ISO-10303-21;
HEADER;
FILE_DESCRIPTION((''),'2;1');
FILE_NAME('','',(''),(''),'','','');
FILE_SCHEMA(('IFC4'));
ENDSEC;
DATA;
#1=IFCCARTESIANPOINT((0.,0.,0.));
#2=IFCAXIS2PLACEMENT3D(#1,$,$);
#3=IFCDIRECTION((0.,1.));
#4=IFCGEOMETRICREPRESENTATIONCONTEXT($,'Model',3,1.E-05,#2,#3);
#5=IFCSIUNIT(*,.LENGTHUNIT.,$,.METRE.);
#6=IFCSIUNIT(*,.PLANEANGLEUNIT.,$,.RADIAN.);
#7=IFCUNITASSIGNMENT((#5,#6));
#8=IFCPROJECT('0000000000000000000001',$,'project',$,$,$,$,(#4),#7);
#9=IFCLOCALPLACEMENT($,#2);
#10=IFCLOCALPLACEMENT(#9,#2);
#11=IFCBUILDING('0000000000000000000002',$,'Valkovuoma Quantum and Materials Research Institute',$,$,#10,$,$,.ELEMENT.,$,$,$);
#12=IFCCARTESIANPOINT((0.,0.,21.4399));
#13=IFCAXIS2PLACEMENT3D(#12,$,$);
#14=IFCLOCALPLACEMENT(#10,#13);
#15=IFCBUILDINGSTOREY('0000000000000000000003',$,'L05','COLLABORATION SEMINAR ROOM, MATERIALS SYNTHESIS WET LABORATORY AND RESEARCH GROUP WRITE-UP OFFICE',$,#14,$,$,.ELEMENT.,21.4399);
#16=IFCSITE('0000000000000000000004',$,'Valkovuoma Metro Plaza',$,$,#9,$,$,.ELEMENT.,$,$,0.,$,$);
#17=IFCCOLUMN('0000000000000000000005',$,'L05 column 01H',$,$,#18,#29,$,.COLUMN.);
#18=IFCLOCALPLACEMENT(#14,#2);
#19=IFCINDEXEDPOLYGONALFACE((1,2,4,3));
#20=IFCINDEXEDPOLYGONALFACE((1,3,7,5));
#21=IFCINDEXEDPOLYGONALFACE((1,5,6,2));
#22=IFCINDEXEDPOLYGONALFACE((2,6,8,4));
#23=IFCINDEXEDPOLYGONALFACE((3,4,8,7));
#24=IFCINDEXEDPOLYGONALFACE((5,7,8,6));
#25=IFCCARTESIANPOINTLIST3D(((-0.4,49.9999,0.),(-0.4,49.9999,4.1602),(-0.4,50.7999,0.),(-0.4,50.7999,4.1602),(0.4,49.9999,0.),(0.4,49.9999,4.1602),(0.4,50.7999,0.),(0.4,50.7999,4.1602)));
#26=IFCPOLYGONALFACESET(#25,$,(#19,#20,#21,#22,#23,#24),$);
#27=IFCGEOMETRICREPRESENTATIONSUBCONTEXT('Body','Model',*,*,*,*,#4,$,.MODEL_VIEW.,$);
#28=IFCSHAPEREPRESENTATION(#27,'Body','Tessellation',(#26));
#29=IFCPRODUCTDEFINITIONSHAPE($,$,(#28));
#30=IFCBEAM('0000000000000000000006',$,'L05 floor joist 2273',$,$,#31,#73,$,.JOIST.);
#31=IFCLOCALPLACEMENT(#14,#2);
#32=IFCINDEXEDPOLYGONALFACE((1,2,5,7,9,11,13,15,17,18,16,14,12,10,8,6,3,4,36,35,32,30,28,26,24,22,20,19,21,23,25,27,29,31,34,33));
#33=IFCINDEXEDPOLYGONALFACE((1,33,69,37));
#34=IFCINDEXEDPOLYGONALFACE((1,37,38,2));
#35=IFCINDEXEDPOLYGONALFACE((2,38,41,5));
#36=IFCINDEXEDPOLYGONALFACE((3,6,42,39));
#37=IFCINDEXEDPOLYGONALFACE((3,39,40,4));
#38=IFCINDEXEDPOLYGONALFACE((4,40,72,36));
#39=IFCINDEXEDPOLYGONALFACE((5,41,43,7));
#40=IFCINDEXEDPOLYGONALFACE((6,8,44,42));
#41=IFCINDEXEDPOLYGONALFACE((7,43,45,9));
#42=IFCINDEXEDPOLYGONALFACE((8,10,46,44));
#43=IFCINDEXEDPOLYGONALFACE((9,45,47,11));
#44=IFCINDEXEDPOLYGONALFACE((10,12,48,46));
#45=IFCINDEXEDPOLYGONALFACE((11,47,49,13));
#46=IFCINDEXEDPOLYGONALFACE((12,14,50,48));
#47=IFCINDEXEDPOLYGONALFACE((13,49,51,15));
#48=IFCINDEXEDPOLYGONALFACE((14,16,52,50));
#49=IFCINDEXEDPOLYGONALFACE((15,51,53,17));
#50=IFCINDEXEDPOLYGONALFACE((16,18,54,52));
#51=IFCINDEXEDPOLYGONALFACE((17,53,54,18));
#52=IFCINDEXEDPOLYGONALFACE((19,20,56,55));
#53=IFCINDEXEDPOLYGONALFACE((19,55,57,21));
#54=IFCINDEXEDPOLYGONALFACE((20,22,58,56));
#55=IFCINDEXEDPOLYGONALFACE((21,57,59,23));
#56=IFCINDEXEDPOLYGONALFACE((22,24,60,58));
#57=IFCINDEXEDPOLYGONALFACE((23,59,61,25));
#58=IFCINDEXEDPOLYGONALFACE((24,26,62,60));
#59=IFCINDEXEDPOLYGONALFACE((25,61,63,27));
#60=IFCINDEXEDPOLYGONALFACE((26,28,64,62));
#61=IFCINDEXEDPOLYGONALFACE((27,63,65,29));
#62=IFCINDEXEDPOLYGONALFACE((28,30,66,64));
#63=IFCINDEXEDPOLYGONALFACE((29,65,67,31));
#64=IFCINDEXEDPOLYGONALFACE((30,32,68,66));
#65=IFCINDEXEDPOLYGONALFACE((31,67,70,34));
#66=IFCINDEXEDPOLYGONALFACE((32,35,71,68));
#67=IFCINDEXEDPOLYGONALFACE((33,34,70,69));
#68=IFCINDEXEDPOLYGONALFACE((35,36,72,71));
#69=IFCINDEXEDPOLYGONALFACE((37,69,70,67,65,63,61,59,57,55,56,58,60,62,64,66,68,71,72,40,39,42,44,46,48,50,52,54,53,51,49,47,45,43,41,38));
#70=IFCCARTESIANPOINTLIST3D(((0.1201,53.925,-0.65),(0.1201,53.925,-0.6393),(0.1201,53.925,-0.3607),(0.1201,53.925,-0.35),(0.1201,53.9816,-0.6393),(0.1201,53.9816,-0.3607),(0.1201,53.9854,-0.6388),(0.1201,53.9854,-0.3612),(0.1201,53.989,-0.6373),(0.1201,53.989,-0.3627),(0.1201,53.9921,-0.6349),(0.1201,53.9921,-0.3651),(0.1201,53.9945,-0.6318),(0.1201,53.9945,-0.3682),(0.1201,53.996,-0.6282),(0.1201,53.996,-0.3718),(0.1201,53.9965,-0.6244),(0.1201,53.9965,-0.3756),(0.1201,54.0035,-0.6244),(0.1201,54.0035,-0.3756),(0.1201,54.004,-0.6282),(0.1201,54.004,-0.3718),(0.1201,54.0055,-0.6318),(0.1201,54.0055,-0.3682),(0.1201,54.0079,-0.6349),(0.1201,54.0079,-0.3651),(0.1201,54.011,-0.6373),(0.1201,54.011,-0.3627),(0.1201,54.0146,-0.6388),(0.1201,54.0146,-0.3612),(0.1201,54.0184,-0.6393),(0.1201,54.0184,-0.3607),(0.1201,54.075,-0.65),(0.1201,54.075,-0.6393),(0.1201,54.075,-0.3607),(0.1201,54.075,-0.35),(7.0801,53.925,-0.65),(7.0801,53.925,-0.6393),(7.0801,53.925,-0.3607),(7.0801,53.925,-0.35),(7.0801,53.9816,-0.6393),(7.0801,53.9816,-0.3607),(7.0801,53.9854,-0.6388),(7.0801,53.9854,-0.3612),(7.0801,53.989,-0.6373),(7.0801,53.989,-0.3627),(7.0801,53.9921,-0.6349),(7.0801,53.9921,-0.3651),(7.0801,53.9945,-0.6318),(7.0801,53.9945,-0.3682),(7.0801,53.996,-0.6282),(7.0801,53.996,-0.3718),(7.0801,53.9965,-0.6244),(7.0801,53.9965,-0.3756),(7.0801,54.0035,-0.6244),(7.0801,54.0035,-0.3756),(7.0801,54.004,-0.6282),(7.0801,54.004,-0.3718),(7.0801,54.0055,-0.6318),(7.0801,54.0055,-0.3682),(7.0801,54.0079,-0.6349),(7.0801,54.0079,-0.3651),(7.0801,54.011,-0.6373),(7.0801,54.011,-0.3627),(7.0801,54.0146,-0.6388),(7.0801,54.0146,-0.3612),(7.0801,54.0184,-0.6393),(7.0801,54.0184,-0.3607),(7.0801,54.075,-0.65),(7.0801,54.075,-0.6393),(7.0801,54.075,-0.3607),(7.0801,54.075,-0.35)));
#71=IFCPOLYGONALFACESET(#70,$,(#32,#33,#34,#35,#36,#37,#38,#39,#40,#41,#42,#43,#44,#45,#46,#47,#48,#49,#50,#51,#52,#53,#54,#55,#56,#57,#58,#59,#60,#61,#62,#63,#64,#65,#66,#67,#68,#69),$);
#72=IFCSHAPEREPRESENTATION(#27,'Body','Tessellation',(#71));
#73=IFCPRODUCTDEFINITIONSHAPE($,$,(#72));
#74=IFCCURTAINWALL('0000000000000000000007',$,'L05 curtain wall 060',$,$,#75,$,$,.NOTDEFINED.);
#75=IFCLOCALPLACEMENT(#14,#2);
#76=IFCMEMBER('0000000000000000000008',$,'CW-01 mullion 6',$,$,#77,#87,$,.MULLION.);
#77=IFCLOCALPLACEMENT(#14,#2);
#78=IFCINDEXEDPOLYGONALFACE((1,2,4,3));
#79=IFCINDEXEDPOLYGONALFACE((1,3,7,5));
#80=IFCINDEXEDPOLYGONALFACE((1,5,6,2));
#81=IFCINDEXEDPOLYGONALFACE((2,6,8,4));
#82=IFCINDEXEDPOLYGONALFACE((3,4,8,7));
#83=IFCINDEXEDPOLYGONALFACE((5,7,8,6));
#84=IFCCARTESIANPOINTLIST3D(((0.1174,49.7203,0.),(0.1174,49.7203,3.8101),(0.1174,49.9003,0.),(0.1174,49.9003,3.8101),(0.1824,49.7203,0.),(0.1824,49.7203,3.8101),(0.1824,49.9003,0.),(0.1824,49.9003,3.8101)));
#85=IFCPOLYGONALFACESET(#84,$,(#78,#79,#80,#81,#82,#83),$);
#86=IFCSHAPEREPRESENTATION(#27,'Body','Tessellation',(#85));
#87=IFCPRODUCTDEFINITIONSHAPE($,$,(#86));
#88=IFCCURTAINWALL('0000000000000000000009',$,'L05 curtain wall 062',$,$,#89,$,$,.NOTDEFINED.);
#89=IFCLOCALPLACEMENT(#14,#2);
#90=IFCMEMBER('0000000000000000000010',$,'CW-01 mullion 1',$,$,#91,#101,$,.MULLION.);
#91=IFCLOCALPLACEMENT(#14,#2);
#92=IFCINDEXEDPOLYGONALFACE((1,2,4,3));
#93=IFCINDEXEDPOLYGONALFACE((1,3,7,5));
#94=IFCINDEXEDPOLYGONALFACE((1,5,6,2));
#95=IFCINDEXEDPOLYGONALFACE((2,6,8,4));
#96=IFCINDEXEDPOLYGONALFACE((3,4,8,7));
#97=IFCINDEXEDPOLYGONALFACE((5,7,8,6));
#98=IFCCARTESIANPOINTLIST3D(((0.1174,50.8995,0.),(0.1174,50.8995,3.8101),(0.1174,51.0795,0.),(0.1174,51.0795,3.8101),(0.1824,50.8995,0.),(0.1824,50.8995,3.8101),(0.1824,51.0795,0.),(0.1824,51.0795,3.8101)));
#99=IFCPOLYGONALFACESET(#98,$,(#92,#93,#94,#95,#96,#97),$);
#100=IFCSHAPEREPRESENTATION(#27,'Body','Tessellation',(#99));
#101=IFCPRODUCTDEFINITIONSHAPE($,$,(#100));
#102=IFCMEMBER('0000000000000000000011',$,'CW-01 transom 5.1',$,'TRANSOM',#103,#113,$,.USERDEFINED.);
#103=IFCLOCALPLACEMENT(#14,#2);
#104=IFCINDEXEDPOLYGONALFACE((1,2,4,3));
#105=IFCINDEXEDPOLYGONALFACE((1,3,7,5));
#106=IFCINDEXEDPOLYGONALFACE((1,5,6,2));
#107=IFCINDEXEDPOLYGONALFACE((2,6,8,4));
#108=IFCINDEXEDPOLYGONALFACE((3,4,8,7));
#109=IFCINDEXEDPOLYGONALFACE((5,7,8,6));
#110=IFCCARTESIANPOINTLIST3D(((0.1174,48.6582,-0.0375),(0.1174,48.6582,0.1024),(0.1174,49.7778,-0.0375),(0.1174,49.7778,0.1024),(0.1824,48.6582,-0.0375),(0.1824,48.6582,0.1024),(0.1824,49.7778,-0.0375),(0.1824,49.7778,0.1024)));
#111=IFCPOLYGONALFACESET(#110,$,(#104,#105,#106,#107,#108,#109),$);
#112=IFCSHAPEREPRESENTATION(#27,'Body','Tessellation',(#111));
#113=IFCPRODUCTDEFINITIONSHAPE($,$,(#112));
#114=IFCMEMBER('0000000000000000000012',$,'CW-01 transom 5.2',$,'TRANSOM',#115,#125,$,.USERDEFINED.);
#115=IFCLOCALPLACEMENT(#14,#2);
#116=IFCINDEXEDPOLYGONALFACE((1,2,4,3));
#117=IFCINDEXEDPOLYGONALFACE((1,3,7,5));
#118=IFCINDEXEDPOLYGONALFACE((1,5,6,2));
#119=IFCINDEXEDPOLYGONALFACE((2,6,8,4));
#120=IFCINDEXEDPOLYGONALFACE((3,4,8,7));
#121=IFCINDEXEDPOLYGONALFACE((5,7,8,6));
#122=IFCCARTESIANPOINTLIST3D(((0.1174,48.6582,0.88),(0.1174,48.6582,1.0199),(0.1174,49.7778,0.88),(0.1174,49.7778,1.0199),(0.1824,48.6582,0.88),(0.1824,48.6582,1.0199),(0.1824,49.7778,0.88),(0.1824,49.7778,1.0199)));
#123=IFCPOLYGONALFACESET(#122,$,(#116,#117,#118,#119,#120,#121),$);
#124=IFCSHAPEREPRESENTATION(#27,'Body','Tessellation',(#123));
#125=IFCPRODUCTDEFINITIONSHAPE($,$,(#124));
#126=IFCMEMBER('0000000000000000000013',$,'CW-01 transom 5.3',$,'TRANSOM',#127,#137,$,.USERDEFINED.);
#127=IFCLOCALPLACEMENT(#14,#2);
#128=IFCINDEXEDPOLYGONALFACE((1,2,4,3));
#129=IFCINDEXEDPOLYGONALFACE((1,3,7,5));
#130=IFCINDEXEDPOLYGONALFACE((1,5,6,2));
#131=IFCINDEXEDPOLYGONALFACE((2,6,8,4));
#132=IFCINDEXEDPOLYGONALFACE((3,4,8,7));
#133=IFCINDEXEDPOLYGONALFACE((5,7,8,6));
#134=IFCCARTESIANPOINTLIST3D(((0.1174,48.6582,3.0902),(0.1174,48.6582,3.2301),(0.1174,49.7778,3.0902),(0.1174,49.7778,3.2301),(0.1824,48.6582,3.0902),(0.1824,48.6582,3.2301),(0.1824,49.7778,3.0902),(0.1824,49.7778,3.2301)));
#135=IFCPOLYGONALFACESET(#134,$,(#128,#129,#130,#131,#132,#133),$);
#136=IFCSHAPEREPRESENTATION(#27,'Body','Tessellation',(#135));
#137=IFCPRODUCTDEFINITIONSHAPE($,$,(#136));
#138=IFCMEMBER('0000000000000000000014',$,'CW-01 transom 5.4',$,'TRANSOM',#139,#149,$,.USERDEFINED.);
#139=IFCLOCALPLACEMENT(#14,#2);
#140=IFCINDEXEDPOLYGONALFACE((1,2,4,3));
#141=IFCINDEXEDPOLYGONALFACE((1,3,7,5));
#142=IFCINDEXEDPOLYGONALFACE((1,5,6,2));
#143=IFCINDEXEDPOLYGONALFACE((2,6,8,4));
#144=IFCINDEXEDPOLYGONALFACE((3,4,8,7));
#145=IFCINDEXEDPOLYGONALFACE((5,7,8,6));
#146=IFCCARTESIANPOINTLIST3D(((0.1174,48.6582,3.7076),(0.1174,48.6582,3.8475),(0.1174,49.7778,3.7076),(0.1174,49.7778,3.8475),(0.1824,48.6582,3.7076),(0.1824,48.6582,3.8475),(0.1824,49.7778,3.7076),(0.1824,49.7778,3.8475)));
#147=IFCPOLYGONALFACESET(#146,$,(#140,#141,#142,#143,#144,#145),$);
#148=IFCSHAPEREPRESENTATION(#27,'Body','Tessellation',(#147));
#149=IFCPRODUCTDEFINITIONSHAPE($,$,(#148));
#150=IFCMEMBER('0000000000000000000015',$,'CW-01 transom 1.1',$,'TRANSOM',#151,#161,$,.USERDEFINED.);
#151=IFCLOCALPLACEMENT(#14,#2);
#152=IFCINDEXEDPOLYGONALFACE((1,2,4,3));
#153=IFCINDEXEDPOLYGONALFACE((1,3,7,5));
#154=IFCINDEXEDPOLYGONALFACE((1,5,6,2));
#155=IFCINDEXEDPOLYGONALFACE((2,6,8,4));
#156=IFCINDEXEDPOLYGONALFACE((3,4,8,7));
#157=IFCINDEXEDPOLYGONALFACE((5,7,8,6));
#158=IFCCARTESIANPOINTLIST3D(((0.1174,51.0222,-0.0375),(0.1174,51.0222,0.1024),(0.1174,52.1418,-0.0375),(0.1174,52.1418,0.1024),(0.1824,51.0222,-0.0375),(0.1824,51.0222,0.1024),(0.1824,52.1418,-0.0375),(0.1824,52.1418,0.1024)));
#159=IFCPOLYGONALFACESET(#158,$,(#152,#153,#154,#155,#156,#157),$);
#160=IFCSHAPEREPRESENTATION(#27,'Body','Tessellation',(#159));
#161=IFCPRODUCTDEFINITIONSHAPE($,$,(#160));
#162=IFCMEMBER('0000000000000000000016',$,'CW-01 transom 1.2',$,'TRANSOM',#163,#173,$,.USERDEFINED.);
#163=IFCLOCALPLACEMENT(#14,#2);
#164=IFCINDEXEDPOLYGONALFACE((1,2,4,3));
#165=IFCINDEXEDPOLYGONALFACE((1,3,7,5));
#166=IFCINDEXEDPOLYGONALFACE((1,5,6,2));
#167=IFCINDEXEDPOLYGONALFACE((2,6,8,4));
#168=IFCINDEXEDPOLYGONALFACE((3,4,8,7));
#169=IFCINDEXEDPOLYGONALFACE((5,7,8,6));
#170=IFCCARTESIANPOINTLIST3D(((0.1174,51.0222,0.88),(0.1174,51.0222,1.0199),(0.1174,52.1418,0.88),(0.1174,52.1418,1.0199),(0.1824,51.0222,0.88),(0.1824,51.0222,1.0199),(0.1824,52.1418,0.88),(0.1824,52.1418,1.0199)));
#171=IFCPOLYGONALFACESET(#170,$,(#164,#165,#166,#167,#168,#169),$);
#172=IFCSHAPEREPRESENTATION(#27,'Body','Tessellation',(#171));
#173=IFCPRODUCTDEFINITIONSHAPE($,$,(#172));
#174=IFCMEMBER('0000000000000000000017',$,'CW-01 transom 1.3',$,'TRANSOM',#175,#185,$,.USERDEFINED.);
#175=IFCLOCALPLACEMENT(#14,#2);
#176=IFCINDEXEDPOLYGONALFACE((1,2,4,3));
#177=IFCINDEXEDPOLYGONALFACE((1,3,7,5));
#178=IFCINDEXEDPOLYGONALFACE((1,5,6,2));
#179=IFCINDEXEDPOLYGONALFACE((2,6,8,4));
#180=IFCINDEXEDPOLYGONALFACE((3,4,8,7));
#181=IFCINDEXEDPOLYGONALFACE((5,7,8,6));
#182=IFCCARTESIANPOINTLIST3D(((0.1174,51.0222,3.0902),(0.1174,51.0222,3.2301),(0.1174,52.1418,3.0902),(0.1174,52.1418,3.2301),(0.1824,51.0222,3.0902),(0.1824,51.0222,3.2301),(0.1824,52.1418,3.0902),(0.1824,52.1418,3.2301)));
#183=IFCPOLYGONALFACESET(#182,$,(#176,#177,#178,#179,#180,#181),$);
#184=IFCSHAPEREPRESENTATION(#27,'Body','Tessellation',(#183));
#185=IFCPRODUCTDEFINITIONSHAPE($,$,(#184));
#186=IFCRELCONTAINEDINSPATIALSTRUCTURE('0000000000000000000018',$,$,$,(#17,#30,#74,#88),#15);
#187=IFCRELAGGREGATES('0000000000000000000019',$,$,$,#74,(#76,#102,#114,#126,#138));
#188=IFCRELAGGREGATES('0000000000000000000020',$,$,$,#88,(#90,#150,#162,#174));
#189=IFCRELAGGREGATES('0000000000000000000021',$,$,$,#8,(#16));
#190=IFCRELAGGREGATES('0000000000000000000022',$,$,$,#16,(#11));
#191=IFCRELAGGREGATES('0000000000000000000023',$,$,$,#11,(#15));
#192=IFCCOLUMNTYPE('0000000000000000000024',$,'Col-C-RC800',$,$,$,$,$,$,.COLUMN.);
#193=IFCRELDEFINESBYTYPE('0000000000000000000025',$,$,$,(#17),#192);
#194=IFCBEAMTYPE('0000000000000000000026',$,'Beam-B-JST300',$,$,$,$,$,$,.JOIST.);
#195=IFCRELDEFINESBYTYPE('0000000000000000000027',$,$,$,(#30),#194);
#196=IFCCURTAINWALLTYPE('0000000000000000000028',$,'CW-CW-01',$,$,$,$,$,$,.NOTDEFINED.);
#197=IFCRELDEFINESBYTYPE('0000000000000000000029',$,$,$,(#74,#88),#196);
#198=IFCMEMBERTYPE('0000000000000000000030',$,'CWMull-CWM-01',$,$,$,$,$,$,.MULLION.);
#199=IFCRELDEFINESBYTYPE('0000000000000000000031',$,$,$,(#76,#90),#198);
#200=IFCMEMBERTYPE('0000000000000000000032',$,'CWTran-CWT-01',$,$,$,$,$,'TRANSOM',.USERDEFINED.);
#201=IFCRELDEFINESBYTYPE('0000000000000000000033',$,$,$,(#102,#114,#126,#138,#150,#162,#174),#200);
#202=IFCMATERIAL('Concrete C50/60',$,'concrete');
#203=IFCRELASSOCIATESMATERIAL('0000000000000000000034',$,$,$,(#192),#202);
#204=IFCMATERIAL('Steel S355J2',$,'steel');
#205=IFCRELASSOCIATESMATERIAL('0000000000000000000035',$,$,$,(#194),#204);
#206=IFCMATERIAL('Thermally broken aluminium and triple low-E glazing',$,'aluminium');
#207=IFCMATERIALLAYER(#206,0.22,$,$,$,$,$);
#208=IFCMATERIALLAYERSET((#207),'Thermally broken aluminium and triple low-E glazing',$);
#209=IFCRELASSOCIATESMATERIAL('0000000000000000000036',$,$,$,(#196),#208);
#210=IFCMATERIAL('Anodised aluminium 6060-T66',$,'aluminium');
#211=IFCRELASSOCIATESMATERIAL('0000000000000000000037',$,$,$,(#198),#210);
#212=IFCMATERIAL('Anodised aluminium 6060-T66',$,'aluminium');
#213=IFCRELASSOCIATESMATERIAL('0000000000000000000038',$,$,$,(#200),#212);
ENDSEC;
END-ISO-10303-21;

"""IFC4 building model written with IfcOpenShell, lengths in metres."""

from ifc_helpers import new_model, si_unit, direction, frame, origin, origin_2d, place, context, subcontext, project, spatial, rectangle, i_section, extrude, material, layer, layer_set, material_profile, profile_set, type_object, element, aggregate, save


model = new_model("IFC4")

# Units and contexts
model_context = context("Model", 3, precision=1e-05, world=origin(), true_north=direction((0.0, 1.0)))
body_context = subcontext(model_context, "Body", "Model", "MODEL_VIEW")
ifc_project = project(units=[si_unit("LENGTHUNIT", "METRE"), si_unit("PLANEANGLEUNIT", "RADIAN")], contexts=[model_context])

# Site, building, storey
site_placement = place(None, origin())
site = spatial("IfcSite", under=ifc_project, at=site_placement, Name="Valkovuoma Metro Plaza", CompositionType="ELEMENT", RefElevation=0.0)
building_placement = place(site_placement, origin())
building = spatial("IfcBuilding", under=site, at=building_placement, Name="Valkovuoma Quantum and Materials Research Institute", CompositionType="ELEMENT")
storey_placement = place(building_placement, frame((0.0, 0.0, 21.4399)))
storey = spatial("IfcBuildingStorey", under=building, at=storey_placement, Name="L05", Description="COLLABORATION SEMINAR ROOM, MATERIALS SYNTHESIS WET LABORATORY AND RESEARCH GROUP WRITE-UP OFFICE", CompositionType="ELEMENT", Elevation=21.4399)

# Column
ifc_material_1 = material(Name="Concrete C50/60", Category="concrete")
ifc_material_profile_1 = material_profile(ifc_material_1, rectangle(XDim=0.8, YDim=0.8, at=origin_2d()), Name="Concrete C50/60")
ifc_profile_set_1 = profile_set([ifc_material_profile_1], Name="Concrete C50/60")
column_type = type_object("IfcColumnType", Name="Col-C-RC800", PredefinedType="COLUMN", material=ifc_profile_set_1)
column_placement = place(storey_placement, frame((0.0, 50.3999, 0.0), z_axis=(0.0, 0.0, 1.0), x_axis=(1.0, 0.0, 0.0)))
element("IfcColumn", 1, at=column_placement, inside=storey, type_object=column_type, Name="L05 column 01H", PredefinedType="COLUMN", context=body_context, shape_type="SweptSolid", body=[
    extrude(rectangle(XDim=0.8, YDim=0.8, at=origin_2d()), origin(), (0.0, 0.0, 1.0), 4.1602),
])

# Beam
ifc_material_2 = material(Name="Steel S355J2", Category="steel")
ifc_material_profile_2 = material_profile(ifc_material_2, i_section(OverallWidth=0.1499, OverallDepth=0.3, WebThickness=0.0071, FlangeThickness=0.0107, FilletRadius=0.0149, at=origin_2d()), Name="Steel S355J2")
ifc_profile_set_2 = profile_set([ifc_material_profile_2], Name="Steel S355J2")
beam_type = type_object("IfcBeamType", Name="Beam-B-JST300", PredefinedType="JOIST", material=ifc_profile_set_2)
beam_placement = place(storey_placement, frame((0.1201, 54.0, -0.5), z_axis=(1.0, 0.0, 0.0), x_axis=(0.0, 1.0, 0.0)))
element("IfcBeam", 2, at=beam_placement, inside=storey, type_object=beam_type, Name="L05 floor joist 2273", PredefinedType="JOIST", context=body_context, shape_type="SweptSolid", body=[
    extrude(i_section(OverallWidth=0.1499, OverallDepth=0.3, WebThickness=0.0071, FlangeThickness=0.0107, FilletRadius=0.0149, at=origin_2d()), origin(), (0.0, 0.0, 1.0), 6.96),
])

# Curtain walls, members
ifc_material_3 = material(Name="Thermally broken aluminium and triple low-E glazing", Category="aluminium")
ifc_layer_1 = layer(ifc_material_3, 0.22)
ifc_layer_set_1 = layer_set([ifc_layer_1], Name="Thermally broken aluminium and triple low-E glazing")
curtain_wall_type = type_object("IfcCurtainWallType", Name="CW-CW-01", PredefinedType="NOTDEFINED", material=ifc_layer_set_1)
curtain_wall_1_placement = place(storey_placement, origin())
curtain_wall_1 = element("IfcCurtainWall", 3, at=curtain_wall_1_placement, inside=storey, type_object=curtain_wall_type, Name="L05 curtain wall 060", PredefinedType="NOTDEFINED")
ifc_material_4 = material(Name="Anodised aluminium 6060-T66", Category="aluminium")
ifc_material_profile_3 = material_profile(ifc_material_4, rectangle(XDim=0.0649, YDim=0.1799, at=origin_2d()), Name="Anodised aluminium 6060-T66")
ifc_profile_set_3 = profile_set([ifc_material_profile_3], Name="Anodised aluminium 6060-T66")
member_type_1 = type_object("IfcMemberType", Name="CWMull-CWM-01", PredefinedType="MULLION", material=ifc_profile_set_3)
member_1_placement = place(storey_placement, frame((0.1499, 49.8103, 0.0), z_axis=(0.0, 0.0, 1.0), x_axis=(-1.0, 0.0, 0.0)))
member_1 = element("IfcMember", 4, at=member_1_placement, type_object=member_type_1, Name="CW-01 mullion 6", PredefinedType="MULLION", context=body_context, shape_type="SweptSolid", body=[
    extrude(rectangle(XDim=0.0649, YDim=0.1799, at=origin_2d()), origin(), (0.0, 0.0, 1.0), 3.8101),
])
curtain_wall_2_placement = place(storey_placement, origin())
curtain_wall_2 = element("IfcCurtainWall", 5, at=curtain_wall_2_placement, inside=storey, type_object=curtain_wall_type, Name="L05 curtain wall 062", PredefinedType="NOTDEFINED")
member_2_placement = place(storey_placement, frame((0.1499, 50.9895, 0.0), z_axis=(0.0, 0.0, 1.0), x_axis=(-1.0, 0.0, 0.0)))
member_2 = element("IfcMember", 6, at=member_2_placement, type_object=member_type_1, Name="CW-01 mullion 1", PredefinedType="MULLION", context=body_context, shape_type="SweptSolid", body=[
    extrude(rectangle(XDim=0.0649, YDim=0.1799, at=origin_2d()), origin(), (0.0, 0.0, 1.0), 3.8101),
])

# Members
ifc_material_5 = material(Name="Anodised aluminium 6060-T66", Category="aluminium")
ifc_material_profile_4 = material_profile(ifc_material_5, rectangle(XDim=0.0649, YDim=0.1399, at=origin_2d()), Name="Anodised aluminium 6060-T66")
ifc_profile_set_4 = profile_set([ifc_material_profile_4], Name="Anodised aluminium 6060-T66")
member_type_2 = type_object("IfcMemberType", Name="CWTran-CWT-01", ElementType="TRANSOM", PredefinedType="USERDEFINED", material=ifc_profile_set_4)
member_3_placement = place(storey_placement, frame((0.1499, 48.6582, 0.0325), z_axis=(0.0, 1.0, 0.0), x_axis=(-1.0, 0.0, 0.0)))
member_3 = element("IfcMember", 7, at=member_3_placement, type_object=member_type_2, Name="CW-01 transom 5.1", ObjectType="TRANSOM", PredefinedType="USERDEFINED", context=body_context, shape_type="SweptSolid", body=[
    extrude(rectangle(XDim=0.0649, YDim=0.1399, at=origin_2d()), origin(), (0.0, 0.0, 1.0), 1.1196),
])
member_4_placement = place(storey_placement, frame((0.1499, 48.6582, 0.95), z_axis=(0.0, 1.0, 0.0), x_axis=(-1.0, 0.0, 0.0)))
member_4 = element("IfcMember", 8, at=member_4_placement, type_object=member_type_2, Name="CW-01 transom 5.2", ObjectType="TRANSOM", PredefinedType="USERDEFINED", context=body_context, shape_type="SweptSolid", body=[
    extrude(rectangle(XDim=0.0649, YDim=0.1399, at=origin_2d()), origin(), (0.0, 0.0, 1.0), 1.1196),
])
member_5_placement = place(storey_placement, frame((0.1499, 48.6582, 3.1602), z_axis=(0.0, 1.0, 0.0), x_axis=(-1.0, 0.0, 0.0)))
member_5 = element("IfcMember", 9, at=member_5_placement, type_object=member_type_2, Name="CW-01 transom 5.3", ObjectType="TRANSOM", PredefinedType="USERDEFINED", context=body_context, shape_type="SweptSolid", body=[
    extrude(rectangle(XDim=0.0649, YDim=0.1399, at=origin_2d()), origin(), (0.0, 0.0, 1.0), 1.1196),
])
member_6_placement = place(storey_placement, frame((0.1499, 48.6582, 3.7776), z_axis=(0.0, 1.0, 0.0), x_axis=(-1.0, 0.0, 0.0)))
member_6 = element("IfcMember", 10, at=member_6_placement, type_object=member_type_2, Name="CW-01 transom 5.4", ObjectType="TRANSOM", PredefinedType="USERDEFINED", context=body_context, shape_type="SweptSolid", body=[
    extrude(rectangle(XDim=0.0649, YDim=0.1399, at=origin_2d()), origin(), (0.0, 0.0, 1.0), 1.1196),
])
member_7_placement = place(storey_placement, frame((0.1499, 51.0222, 0.0325), z_axis=(0.0, 1.0, 0.0), x_axis=(-1.0, 0.0, 0.0)))
member_7 = element("IfcMember", 11, at=member_7_placement, type_object=member_type_2, Name="CW-01 transom 1.1", ObjectType="TRANSOM", PredefinedType="USERDEFINED", context=body_context, shape_type="SweptSolid", body=[
    extrude(rectangle(XDim=0.0649, YDim=0.1399, at=origin_2d()), origin(), (0.0, 0.0, 1.0), 1.1196),
])
member_8_placement = place(storey_placement, frame((0.1499, 51.0222, 0.95), z_axis=(0.0, 1.0, 0.0), x_axis=(-1.0, 0.0, 0.0)))
member_8 = element("IfcMember", 12, at=member_8_placement, type_object=member_type_2, Name="CW-01 transom 1.2", ObjectType="TRANSOM", PredefinedType="USERDEFINED", context=body_context, shape_type="SweptSolid", body=[
    extrude(rectangle(XDim=0.0649, YDim=0.1399, at=origin_2d()), origin(), (0.0, 0.0, 1.0), 1.1196),
])
member_9_placement = place(storey_placement, frame((0.1499, 51.0222, 3.1602), z_axis=(0.0, 1.0, 0.0), x_axis=(-1.0, 0.0, 0.0)))
member_9 = element("IfcMember", 13, at=member_9_placement, type_object=member_type_2, Name="CW-01 transom 1.3", ObjectType="TRANSOM", PredefinedType="USERDEFINED", context=body_context, shape_type="SweptSolid", body=[
    extrude(rectangle(XDim=0.0649, YDim=0.1399, at=origin_2d()), origin(), (0.0, 0.0, 1.0), 1.1196),
])

aggregate(curtain_wall_1, [member_1, member_3, member_4, member_5, member_6])
aggregate(curtain_wall_2, [member_2, member_7, member_8, member_9])

save(model, "model.ifc")
